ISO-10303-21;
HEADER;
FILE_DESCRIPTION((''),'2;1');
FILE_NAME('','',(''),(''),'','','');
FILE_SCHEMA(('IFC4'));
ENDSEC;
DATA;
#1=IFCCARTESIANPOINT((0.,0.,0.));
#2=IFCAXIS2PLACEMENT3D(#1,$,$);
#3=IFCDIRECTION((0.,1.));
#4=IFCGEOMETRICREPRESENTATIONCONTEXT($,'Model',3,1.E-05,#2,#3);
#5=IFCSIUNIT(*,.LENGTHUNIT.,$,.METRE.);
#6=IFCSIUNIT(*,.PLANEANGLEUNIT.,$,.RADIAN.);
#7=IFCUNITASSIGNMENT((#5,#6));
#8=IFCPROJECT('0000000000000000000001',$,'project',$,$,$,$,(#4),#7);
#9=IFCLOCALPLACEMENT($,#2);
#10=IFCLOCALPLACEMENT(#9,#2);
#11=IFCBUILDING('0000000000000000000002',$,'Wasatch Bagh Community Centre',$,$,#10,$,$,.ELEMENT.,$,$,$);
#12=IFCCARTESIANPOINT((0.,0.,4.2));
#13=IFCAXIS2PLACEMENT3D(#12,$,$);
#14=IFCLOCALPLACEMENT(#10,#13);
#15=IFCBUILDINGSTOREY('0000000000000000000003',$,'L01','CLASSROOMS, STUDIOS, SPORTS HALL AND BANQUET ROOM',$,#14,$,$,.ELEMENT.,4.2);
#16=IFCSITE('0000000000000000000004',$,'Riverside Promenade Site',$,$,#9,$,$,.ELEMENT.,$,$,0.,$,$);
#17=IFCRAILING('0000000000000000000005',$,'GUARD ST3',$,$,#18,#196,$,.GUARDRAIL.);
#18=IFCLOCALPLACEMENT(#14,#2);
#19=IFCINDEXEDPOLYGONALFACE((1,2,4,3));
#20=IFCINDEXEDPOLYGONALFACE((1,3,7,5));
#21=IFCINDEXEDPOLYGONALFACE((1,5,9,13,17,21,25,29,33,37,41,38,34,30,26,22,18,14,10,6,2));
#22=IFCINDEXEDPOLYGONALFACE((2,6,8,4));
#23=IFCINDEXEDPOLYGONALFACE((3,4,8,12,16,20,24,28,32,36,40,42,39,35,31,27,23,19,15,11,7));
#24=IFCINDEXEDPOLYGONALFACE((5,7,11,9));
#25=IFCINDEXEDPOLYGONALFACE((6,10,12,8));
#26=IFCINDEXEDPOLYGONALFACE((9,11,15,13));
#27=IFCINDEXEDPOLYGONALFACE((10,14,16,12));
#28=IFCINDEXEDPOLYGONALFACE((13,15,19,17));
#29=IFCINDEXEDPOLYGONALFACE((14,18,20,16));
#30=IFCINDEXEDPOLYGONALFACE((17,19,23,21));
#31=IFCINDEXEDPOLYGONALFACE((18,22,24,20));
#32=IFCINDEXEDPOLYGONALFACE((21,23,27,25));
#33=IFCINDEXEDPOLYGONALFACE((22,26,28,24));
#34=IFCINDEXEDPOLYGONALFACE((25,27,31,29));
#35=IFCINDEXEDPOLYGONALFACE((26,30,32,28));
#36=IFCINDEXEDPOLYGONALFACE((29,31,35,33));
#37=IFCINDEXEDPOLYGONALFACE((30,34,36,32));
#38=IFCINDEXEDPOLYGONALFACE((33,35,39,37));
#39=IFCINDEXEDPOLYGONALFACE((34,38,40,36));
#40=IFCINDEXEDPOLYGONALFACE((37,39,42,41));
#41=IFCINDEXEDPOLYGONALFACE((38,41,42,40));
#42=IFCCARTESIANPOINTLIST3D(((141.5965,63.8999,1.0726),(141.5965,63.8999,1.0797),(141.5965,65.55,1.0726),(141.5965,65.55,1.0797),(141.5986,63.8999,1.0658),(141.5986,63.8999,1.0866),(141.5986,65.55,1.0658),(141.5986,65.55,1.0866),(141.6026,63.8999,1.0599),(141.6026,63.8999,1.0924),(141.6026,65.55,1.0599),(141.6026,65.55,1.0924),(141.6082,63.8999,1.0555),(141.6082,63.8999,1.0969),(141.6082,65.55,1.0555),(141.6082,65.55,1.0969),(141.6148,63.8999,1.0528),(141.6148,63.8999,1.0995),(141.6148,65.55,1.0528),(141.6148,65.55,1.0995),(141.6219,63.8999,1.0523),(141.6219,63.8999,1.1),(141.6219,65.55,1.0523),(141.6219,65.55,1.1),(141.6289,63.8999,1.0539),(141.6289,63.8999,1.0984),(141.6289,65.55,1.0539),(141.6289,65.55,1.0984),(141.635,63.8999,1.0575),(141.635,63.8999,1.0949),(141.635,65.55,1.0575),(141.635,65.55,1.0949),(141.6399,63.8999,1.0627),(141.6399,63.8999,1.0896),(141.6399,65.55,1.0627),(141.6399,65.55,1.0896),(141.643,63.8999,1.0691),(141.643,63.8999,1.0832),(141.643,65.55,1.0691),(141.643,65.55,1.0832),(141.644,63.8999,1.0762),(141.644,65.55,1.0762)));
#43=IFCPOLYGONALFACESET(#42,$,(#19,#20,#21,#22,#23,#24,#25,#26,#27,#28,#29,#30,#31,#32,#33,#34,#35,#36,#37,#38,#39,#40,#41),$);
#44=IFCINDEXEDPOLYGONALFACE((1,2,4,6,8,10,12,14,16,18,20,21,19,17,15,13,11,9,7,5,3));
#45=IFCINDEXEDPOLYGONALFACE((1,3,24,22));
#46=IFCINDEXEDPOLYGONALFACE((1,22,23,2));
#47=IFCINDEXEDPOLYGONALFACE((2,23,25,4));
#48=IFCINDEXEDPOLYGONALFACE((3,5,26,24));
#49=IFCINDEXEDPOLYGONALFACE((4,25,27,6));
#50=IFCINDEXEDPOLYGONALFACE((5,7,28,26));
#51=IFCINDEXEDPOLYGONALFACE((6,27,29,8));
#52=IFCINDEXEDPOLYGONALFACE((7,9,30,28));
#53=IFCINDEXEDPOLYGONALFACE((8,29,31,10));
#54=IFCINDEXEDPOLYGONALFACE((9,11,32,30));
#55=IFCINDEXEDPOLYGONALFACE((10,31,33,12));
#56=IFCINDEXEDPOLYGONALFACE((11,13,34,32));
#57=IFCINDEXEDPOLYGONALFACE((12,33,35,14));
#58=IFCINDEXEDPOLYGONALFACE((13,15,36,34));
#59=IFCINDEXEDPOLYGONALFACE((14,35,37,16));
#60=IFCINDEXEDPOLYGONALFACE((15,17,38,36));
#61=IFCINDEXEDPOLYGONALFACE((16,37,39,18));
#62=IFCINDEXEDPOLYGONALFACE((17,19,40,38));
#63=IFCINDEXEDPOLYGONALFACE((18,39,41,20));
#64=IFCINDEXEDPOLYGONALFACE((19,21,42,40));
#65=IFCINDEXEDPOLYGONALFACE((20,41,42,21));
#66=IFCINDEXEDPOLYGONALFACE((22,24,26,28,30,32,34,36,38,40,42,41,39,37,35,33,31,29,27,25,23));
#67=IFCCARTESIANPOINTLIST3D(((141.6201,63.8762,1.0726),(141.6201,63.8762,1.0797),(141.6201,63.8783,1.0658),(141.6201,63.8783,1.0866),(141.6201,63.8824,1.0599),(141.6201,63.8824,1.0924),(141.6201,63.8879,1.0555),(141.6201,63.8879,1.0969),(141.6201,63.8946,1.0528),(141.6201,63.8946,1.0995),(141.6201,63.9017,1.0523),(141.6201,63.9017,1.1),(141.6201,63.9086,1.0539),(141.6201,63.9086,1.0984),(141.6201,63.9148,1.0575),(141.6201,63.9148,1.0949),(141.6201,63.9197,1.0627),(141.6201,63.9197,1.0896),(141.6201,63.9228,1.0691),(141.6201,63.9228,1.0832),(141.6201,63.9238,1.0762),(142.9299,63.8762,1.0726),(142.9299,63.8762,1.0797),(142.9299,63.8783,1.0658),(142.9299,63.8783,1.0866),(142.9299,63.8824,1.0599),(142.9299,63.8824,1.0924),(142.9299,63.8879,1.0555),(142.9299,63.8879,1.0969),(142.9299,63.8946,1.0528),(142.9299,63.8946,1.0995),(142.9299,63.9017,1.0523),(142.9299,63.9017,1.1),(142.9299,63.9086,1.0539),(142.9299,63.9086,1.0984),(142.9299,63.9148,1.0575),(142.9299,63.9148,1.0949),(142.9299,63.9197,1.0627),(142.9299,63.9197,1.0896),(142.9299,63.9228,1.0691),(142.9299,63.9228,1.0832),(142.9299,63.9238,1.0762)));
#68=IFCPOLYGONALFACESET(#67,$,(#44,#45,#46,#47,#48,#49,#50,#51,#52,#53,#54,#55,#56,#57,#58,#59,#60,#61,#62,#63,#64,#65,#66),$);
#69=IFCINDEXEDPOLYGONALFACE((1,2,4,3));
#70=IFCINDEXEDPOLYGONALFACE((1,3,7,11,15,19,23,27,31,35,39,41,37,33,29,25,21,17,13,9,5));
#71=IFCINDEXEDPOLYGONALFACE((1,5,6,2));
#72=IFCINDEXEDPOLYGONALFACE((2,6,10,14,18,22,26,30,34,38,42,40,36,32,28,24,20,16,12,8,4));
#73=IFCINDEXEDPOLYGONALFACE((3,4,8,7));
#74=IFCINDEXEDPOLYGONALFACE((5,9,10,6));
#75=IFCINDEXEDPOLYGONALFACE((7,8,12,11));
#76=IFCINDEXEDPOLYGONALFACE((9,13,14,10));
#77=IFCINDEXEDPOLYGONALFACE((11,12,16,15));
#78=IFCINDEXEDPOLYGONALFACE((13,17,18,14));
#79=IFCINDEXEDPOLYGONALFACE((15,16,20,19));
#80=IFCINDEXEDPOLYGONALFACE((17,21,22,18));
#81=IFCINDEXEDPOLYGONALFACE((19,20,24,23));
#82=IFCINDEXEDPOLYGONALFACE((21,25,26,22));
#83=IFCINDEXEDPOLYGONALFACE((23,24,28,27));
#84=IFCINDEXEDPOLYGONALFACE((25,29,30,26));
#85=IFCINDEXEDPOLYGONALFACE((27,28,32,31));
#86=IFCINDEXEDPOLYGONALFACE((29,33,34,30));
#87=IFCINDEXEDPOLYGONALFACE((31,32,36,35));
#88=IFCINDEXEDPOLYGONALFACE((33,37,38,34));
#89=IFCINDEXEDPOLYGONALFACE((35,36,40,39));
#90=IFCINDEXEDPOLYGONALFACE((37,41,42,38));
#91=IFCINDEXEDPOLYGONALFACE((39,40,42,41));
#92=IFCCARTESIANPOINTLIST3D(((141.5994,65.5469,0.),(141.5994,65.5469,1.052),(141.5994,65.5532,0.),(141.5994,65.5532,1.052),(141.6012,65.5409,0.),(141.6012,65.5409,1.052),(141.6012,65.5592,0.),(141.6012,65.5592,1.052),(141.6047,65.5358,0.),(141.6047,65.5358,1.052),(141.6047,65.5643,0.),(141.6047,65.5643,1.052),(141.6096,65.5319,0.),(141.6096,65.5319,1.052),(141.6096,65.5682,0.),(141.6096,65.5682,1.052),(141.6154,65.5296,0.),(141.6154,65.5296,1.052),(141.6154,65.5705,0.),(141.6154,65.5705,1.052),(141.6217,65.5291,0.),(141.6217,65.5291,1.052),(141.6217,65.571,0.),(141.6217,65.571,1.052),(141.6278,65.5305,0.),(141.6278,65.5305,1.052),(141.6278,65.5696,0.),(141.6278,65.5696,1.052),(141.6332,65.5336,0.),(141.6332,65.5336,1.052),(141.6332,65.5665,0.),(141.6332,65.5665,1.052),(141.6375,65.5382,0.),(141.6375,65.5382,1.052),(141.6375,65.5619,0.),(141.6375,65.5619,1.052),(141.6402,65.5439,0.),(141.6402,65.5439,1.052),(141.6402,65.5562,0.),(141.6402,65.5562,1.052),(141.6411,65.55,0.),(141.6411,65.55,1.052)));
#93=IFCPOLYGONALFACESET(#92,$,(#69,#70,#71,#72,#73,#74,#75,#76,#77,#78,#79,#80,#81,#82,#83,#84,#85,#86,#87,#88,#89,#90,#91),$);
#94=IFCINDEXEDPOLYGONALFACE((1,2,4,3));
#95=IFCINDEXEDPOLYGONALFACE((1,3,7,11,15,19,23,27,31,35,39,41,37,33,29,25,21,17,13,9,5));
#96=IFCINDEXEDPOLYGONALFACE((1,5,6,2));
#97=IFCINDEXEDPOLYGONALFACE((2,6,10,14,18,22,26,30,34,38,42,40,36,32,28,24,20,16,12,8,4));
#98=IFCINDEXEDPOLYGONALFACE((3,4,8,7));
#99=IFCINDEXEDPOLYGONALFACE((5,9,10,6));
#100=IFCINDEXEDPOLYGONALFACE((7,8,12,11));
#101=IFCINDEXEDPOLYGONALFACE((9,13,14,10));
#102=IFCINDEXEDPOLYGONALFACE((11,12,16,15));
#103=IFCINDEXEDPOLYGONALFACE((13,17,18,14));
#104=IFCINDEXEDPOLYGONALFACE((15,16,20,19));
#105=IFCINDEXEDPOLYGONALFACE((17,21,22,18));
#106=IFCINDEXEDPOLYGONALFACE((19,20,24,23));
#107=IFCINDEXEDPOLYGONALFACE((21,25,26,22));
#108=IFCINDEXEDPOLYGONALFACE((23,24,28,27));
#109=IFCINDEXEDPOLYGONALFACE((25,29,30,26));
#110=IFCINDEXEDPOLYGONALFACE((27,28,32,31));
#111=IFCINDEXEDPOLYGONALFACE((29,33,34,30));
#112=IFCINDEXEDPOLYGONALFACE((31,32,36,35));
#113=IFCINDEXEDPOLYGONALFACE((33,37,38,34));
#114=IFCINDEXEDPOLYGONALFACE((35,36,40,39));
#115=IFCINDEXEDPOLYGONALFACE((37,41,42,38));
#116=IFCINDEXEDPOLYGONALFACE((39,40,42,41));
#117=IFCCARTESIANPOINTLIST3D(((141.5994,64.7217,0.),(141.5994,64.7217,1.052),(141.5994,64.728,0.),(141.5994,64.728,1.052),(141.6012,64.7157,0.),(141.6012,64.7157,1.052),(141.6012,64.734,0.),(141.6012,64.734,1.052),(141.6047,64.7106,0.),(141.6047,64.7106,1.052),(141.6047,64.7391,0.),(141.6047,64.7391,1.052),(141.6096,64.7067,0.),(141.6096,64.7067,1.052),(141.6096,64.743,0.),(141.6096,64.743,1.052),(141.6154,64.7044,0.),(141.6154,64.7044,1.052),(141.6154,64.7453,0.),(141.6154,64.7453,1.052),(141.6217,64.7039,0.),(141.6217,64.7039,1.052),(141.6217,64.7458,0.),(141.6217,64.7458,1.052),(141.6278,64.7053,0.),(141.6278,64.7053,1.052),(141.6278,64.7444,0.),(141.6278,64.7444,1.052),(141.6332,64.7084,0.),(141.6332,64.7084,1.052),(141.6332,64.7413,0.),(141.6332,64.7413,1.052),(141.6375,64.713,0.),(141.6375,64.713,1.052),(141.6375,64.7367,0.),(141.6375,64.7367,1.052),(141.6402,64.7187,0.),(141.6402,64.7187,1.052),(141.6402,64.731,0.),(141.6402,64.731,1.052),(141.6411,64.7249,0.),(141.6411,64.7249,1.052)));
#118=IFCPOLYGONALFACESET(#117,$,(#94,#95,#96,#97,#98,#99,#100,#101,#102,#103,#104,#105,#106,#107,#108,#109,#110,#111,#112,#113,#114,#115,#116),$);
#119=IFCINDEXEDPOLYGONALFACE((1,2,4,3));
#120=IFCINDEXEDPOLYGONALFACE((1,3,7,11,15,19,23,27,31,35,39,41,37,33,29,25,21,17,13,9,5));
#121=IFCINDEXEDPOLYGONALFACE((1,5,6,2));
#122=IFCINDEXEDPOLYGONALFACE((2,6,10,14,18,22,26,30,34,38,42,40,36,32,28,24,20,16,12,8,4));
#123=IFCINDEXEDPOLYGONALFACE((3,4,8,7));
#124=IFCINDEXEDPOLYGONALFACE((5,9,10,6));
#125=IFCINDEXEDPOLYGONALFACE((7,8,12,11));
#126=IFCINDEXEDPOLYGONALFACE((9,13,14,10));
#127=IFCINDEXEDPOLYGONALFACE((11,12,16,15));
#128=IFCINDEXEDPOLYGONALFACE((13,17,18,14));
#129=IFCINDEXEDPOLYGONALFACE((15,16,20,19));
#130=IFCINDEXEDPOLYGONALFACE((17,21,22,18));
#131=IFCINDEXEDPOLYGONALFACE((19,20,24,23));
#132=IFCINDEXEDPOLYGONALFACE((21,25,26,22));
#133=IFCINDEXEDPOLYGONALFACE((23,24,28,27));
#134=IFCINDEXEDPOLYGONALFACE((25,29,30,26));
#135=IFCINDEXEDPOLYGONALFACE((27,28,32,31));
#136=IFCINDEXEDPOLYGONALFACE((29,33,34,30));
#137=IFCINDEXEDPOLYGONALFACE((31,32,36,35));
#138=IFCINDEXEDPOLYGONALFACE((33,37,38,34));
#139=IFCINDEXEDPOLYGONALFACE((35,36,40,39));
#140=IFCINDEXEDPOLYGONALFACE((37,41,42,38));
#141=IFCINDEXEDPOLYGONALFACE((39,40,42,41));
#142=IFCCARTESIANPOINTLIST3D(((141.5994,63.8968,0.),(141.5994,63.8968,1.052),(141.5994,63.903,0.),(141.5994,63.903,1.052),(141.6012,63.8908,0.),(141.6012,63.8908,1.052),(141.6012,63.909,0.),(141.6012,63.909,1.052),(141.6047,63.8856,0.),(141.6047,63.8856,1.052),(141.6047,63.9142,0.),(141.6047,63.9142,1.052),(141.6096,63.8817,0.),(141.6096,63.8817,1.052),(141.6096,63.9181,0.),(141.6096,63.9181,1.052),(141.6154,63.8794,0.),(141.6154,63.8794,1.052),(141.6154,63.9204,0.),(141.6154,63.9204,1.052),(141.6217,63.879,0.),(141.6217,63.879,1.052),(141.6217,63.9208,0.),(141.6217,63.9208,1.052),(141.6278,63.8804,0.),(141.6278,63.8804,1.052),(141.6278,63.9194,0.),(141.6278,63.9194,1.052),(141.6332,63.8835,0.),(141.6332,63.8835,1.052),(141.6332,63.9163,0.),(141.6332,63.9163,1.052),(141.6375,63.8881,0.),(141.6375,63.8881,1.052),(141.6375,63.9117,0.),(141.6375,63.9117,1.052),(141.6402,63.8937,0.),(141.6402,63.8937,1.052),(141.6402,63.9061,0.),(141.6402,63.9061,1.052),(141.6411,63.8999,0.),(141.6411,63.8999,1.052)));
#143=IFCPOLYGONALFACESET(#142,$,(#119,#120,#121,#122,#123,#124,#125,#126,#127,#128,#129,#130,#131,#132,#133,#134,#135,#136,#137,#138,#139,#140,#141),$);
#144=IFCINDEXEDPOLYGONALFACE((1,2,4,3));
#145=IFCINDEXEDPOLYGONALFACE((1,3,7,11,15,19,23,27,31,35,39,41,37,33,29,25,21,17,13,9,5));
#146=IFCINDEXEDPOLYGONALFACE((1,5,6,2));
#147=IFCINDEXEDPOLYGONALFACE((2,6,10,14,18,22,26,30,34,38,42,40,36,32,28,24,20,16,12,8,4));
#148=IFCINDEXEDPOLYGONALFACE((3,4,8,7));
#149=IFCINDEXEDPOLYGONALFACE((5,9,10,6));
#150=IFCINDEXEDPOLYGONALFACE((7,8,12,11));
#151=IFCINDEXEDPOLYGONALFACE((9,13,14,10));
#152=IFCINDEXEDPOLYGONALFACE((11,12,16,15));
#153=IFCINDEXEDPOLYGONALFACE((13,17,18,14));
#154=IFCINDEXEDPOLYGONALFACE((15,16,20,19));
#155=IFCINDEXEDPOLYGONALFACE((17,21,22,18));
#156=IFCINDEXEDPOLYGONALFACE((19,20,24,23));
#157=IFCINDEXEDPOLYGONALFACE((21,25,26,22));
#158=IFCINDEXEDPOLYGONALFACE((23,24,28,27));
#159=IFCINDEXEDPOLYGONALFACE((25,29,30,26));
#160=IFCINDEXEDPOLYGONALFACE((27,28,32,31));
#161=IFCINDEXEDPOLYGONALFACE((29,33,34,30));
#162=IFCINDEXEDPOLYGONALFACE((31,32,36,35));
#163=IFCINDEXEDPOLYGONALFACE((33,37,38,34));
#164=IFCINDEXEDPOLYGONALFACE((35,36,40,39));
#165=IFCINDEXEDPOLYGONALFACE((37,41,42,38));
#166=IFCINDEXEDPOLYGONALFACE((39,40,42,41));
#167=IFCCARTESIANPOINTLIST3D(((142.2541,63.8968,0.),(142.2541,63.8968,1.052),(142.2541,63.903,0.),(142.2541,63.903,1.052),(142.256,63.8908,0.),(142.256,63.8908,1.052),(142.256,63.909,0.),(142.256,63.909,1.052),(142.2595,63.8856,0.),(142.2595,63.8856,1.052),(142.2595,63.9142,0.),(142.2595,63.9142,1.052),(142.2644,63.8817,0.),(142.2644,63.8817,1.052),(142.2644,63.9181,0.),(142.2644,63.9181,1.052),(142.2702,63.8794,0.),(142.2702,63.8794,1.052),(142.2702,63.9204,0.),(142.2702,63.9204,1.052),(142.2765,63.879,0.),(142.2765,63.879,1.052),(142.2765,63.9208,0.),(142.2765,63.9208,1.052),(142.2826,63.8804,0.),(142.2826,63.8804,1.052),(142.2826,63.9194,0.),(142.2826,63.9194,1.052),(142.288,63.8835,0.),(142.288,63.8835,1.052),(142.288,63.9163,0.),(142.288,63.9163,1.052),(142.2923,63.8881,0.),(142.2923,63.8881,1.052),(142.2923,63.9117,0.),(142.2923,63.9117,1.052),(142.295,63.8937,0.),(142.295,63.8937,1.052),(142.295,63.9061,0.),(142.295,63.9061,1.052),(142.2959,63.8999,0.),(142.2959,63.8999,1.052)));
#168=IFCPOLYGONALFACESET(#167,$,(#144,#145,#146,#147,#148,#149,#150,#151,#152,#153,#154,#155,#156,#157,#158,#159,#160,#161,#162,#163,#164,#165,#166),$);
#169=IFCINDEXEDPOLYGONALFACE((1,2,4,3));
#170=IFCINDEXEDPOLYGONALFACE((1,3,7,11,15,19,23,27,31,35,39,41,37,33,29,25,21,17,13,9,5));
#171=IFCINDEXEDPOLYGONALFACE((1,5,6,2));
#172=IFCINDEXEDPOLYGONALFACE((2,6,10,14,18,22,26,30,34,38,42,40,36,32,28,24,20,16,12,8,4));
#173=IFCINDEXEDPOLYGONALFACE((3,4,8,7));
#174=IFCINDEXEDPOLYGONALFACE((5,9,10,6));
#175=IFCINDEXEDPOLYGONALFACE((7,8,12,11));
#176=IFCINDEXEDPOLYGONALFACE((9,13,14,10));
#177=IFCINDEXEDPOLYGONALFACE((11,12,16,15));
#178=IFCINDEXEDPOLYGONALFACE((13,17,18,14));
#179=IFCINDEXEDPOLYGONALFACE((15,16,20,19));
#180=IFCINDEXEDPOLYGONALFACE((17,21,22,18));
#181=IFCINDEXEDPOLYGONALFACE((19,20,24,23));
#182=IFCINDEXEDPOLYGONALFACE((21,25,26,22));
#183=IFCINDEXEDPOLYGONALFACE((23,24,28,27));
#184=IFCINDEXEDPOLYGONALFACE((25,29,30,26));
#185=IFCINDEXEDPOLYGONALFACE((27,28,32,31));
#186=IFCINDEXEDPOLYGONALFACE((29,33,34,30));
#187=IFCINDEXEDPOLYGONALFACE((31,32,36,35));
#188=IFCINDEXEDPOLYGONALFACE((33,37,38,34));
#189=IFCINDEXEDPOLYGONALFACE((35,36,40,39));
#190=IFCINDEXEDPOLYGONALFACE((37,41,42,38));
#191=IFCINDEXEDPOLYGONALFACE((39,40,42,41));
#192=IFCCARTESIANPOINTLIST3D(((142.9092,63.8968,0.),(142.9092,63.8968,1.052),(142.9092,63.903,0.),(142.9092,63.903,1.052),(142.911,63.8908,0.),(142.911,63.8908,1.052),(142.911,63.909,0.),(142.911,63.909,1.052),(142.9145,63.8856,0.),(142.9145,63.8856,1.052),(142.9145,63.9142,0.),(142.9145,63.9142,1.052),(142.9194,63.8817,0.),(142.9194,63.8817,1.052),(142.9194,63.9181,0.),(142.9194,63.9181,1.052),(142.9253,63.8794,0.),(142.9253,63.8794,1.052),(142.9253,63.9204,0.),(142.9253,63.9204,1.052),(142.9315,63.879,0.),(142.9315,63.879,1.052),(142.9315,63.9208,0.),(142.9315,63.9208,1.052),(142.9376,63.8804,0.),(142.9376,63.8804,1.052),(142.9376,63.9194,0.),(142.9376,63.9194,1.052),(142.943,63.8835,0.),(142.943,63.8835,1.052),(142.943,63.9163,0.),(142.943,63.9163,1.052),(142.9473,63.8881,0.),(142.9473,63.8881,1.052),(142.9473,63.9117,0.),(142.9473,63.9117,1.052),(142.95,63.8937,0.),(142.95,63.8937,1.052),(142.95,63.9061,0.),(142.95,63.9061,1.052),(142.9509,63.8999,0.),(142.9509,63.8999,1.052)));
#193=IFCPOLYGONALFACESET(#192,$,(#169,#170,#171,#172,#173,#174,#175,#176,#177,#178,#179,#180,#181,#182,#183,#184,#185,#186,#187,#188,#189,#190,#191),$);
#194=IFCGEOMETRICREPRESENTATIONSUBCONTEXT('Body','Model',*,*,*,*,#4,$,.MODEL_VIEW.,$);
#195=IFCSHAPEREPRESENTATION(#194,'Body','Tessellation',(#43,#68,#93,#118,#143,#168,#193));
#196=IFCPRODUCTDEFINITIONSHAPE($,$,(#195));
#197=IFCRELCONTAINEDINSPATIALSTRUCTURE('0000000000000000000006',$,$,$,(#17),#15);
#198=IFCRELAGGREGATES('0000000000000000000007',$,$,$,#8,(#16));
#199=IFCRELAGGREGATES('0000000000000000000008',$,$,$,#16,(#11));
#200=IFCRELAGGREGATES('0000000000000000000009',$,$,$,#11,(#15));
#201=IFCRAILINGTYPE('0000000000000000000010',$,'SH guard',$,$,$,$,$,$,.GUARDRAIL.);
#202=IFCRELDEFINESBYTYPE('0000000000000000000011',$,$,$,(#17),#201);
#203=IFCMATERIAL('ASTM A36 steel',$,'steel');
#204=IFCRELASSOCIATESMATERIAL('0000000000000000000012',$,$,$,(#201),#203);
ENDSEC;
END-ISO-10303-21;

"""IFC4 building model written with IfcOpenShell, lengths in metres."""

from ifc_helpers import new_model, si_unit, direction, frame, origin, origin_2d, place, context, subcontext, project, spatial, circle, extrude, material, type_object, element, save


model = new_model("IFC4")

# Units and contexts
model_context = context("Model", 3, precision=1e-05, world=origin(), true_north=direction((0.0, 1.0)))
body_context = subcontext(model_context, "Body", "Model", "MODEL_VIEW")
ifc_project = project(units=[si_unit("LENGTHUNIT", "METRE"), si_unit("PLANEANGLEUNIT", "RADIAN")], contexts=[model_context])

# Site, building, storey
site_placement = place(None, origin())
site = spatial("IfcSite", under=ifc_project, at=site_placement, Name="Riverside Promenade Site", CompositionType="ELEMENT", RefElevation=0.0)
building_placement = place(site_placement, origin())
building = spatial("IfcBuilding", under=site, at=building_placement, Name="Wasatch Bagh Community Centre", CompositionType="ELEMENT")
storey_placement = place(building_placement, frame((0.0, 0.0, 4.2)))
storey = spatial("IfcBuildingStorey", under=building, at=storey_placement, Name="L01", Description="CLASSROOMS, STUDIOS, SPORTS HALL AND BANQUET ROOM", CompositionType="ELEMENT", Elevation=4.2)

# Railing
ifc_material_1 = material(Name="ASTM A36 steel", Category="steel")
railing_type = type_object("IfcRailingType", Name="SH guard", PredefinedType="GUARDRAIL", material=ifc_material_1)
railing_placement = place(storey_placement, frame((141.6201, 65.55, 0.0)))
element("IfcRailing", 1, at=railing_placement, inside=storey, type_object=railing_type, Name="GUARD ST3", PredefinedType="GUARDRAIL", context=body_context, shape_type="SweptSolid", body=[
    extrude(circle(Radius=0.0239, at=origin_2d()), frame((0.0, 0.0, 1.0762), z_axis=(0.0, -1.0, 0.0), x_axis=(1.0, 0.0, 0.0)), (0.0, 0.0, 1.0), 1.6501),
    extrude(circle(Radius=0.0239, at=origin_2d()), frame((0.0, -1.6501, 1.0762), z_axis=(1.0, 0.0, 0.0), x_axis=(0.0, 1.0, 0.0)), (0.0, 0.0, 1.0), 1.3098),
    extrude(circle(Radius=0.021, at=origin_2d()), origin(), (0.0, 0.0, 1.0), 1.052),
    extrude(circle(Radius=0.021, at=origin_2d()), frame((0.0, -0.8252, 0.0)), (0.0, 0.0, 1.0), 1.052),
    extrude(circle(Radius=0.021, at=origin_2d()), frame((0.0, -1.6501, 0.0)), (0.0, 0.0, 1.0), 1.052),
    extrude(circle(Radius=0.021, at=origin_2d()), frame((0.6548, -1.6501, 0.0)), (0.0, 0.0, 1.0), 1.052),
    extrude(circle(Radius=0.021, at=origin_2d()), frame((1.3098, -1.6501, 0.0)), (0.0, 0.0, 1.0), 1.052),
])

save(model, "model.ifc")
